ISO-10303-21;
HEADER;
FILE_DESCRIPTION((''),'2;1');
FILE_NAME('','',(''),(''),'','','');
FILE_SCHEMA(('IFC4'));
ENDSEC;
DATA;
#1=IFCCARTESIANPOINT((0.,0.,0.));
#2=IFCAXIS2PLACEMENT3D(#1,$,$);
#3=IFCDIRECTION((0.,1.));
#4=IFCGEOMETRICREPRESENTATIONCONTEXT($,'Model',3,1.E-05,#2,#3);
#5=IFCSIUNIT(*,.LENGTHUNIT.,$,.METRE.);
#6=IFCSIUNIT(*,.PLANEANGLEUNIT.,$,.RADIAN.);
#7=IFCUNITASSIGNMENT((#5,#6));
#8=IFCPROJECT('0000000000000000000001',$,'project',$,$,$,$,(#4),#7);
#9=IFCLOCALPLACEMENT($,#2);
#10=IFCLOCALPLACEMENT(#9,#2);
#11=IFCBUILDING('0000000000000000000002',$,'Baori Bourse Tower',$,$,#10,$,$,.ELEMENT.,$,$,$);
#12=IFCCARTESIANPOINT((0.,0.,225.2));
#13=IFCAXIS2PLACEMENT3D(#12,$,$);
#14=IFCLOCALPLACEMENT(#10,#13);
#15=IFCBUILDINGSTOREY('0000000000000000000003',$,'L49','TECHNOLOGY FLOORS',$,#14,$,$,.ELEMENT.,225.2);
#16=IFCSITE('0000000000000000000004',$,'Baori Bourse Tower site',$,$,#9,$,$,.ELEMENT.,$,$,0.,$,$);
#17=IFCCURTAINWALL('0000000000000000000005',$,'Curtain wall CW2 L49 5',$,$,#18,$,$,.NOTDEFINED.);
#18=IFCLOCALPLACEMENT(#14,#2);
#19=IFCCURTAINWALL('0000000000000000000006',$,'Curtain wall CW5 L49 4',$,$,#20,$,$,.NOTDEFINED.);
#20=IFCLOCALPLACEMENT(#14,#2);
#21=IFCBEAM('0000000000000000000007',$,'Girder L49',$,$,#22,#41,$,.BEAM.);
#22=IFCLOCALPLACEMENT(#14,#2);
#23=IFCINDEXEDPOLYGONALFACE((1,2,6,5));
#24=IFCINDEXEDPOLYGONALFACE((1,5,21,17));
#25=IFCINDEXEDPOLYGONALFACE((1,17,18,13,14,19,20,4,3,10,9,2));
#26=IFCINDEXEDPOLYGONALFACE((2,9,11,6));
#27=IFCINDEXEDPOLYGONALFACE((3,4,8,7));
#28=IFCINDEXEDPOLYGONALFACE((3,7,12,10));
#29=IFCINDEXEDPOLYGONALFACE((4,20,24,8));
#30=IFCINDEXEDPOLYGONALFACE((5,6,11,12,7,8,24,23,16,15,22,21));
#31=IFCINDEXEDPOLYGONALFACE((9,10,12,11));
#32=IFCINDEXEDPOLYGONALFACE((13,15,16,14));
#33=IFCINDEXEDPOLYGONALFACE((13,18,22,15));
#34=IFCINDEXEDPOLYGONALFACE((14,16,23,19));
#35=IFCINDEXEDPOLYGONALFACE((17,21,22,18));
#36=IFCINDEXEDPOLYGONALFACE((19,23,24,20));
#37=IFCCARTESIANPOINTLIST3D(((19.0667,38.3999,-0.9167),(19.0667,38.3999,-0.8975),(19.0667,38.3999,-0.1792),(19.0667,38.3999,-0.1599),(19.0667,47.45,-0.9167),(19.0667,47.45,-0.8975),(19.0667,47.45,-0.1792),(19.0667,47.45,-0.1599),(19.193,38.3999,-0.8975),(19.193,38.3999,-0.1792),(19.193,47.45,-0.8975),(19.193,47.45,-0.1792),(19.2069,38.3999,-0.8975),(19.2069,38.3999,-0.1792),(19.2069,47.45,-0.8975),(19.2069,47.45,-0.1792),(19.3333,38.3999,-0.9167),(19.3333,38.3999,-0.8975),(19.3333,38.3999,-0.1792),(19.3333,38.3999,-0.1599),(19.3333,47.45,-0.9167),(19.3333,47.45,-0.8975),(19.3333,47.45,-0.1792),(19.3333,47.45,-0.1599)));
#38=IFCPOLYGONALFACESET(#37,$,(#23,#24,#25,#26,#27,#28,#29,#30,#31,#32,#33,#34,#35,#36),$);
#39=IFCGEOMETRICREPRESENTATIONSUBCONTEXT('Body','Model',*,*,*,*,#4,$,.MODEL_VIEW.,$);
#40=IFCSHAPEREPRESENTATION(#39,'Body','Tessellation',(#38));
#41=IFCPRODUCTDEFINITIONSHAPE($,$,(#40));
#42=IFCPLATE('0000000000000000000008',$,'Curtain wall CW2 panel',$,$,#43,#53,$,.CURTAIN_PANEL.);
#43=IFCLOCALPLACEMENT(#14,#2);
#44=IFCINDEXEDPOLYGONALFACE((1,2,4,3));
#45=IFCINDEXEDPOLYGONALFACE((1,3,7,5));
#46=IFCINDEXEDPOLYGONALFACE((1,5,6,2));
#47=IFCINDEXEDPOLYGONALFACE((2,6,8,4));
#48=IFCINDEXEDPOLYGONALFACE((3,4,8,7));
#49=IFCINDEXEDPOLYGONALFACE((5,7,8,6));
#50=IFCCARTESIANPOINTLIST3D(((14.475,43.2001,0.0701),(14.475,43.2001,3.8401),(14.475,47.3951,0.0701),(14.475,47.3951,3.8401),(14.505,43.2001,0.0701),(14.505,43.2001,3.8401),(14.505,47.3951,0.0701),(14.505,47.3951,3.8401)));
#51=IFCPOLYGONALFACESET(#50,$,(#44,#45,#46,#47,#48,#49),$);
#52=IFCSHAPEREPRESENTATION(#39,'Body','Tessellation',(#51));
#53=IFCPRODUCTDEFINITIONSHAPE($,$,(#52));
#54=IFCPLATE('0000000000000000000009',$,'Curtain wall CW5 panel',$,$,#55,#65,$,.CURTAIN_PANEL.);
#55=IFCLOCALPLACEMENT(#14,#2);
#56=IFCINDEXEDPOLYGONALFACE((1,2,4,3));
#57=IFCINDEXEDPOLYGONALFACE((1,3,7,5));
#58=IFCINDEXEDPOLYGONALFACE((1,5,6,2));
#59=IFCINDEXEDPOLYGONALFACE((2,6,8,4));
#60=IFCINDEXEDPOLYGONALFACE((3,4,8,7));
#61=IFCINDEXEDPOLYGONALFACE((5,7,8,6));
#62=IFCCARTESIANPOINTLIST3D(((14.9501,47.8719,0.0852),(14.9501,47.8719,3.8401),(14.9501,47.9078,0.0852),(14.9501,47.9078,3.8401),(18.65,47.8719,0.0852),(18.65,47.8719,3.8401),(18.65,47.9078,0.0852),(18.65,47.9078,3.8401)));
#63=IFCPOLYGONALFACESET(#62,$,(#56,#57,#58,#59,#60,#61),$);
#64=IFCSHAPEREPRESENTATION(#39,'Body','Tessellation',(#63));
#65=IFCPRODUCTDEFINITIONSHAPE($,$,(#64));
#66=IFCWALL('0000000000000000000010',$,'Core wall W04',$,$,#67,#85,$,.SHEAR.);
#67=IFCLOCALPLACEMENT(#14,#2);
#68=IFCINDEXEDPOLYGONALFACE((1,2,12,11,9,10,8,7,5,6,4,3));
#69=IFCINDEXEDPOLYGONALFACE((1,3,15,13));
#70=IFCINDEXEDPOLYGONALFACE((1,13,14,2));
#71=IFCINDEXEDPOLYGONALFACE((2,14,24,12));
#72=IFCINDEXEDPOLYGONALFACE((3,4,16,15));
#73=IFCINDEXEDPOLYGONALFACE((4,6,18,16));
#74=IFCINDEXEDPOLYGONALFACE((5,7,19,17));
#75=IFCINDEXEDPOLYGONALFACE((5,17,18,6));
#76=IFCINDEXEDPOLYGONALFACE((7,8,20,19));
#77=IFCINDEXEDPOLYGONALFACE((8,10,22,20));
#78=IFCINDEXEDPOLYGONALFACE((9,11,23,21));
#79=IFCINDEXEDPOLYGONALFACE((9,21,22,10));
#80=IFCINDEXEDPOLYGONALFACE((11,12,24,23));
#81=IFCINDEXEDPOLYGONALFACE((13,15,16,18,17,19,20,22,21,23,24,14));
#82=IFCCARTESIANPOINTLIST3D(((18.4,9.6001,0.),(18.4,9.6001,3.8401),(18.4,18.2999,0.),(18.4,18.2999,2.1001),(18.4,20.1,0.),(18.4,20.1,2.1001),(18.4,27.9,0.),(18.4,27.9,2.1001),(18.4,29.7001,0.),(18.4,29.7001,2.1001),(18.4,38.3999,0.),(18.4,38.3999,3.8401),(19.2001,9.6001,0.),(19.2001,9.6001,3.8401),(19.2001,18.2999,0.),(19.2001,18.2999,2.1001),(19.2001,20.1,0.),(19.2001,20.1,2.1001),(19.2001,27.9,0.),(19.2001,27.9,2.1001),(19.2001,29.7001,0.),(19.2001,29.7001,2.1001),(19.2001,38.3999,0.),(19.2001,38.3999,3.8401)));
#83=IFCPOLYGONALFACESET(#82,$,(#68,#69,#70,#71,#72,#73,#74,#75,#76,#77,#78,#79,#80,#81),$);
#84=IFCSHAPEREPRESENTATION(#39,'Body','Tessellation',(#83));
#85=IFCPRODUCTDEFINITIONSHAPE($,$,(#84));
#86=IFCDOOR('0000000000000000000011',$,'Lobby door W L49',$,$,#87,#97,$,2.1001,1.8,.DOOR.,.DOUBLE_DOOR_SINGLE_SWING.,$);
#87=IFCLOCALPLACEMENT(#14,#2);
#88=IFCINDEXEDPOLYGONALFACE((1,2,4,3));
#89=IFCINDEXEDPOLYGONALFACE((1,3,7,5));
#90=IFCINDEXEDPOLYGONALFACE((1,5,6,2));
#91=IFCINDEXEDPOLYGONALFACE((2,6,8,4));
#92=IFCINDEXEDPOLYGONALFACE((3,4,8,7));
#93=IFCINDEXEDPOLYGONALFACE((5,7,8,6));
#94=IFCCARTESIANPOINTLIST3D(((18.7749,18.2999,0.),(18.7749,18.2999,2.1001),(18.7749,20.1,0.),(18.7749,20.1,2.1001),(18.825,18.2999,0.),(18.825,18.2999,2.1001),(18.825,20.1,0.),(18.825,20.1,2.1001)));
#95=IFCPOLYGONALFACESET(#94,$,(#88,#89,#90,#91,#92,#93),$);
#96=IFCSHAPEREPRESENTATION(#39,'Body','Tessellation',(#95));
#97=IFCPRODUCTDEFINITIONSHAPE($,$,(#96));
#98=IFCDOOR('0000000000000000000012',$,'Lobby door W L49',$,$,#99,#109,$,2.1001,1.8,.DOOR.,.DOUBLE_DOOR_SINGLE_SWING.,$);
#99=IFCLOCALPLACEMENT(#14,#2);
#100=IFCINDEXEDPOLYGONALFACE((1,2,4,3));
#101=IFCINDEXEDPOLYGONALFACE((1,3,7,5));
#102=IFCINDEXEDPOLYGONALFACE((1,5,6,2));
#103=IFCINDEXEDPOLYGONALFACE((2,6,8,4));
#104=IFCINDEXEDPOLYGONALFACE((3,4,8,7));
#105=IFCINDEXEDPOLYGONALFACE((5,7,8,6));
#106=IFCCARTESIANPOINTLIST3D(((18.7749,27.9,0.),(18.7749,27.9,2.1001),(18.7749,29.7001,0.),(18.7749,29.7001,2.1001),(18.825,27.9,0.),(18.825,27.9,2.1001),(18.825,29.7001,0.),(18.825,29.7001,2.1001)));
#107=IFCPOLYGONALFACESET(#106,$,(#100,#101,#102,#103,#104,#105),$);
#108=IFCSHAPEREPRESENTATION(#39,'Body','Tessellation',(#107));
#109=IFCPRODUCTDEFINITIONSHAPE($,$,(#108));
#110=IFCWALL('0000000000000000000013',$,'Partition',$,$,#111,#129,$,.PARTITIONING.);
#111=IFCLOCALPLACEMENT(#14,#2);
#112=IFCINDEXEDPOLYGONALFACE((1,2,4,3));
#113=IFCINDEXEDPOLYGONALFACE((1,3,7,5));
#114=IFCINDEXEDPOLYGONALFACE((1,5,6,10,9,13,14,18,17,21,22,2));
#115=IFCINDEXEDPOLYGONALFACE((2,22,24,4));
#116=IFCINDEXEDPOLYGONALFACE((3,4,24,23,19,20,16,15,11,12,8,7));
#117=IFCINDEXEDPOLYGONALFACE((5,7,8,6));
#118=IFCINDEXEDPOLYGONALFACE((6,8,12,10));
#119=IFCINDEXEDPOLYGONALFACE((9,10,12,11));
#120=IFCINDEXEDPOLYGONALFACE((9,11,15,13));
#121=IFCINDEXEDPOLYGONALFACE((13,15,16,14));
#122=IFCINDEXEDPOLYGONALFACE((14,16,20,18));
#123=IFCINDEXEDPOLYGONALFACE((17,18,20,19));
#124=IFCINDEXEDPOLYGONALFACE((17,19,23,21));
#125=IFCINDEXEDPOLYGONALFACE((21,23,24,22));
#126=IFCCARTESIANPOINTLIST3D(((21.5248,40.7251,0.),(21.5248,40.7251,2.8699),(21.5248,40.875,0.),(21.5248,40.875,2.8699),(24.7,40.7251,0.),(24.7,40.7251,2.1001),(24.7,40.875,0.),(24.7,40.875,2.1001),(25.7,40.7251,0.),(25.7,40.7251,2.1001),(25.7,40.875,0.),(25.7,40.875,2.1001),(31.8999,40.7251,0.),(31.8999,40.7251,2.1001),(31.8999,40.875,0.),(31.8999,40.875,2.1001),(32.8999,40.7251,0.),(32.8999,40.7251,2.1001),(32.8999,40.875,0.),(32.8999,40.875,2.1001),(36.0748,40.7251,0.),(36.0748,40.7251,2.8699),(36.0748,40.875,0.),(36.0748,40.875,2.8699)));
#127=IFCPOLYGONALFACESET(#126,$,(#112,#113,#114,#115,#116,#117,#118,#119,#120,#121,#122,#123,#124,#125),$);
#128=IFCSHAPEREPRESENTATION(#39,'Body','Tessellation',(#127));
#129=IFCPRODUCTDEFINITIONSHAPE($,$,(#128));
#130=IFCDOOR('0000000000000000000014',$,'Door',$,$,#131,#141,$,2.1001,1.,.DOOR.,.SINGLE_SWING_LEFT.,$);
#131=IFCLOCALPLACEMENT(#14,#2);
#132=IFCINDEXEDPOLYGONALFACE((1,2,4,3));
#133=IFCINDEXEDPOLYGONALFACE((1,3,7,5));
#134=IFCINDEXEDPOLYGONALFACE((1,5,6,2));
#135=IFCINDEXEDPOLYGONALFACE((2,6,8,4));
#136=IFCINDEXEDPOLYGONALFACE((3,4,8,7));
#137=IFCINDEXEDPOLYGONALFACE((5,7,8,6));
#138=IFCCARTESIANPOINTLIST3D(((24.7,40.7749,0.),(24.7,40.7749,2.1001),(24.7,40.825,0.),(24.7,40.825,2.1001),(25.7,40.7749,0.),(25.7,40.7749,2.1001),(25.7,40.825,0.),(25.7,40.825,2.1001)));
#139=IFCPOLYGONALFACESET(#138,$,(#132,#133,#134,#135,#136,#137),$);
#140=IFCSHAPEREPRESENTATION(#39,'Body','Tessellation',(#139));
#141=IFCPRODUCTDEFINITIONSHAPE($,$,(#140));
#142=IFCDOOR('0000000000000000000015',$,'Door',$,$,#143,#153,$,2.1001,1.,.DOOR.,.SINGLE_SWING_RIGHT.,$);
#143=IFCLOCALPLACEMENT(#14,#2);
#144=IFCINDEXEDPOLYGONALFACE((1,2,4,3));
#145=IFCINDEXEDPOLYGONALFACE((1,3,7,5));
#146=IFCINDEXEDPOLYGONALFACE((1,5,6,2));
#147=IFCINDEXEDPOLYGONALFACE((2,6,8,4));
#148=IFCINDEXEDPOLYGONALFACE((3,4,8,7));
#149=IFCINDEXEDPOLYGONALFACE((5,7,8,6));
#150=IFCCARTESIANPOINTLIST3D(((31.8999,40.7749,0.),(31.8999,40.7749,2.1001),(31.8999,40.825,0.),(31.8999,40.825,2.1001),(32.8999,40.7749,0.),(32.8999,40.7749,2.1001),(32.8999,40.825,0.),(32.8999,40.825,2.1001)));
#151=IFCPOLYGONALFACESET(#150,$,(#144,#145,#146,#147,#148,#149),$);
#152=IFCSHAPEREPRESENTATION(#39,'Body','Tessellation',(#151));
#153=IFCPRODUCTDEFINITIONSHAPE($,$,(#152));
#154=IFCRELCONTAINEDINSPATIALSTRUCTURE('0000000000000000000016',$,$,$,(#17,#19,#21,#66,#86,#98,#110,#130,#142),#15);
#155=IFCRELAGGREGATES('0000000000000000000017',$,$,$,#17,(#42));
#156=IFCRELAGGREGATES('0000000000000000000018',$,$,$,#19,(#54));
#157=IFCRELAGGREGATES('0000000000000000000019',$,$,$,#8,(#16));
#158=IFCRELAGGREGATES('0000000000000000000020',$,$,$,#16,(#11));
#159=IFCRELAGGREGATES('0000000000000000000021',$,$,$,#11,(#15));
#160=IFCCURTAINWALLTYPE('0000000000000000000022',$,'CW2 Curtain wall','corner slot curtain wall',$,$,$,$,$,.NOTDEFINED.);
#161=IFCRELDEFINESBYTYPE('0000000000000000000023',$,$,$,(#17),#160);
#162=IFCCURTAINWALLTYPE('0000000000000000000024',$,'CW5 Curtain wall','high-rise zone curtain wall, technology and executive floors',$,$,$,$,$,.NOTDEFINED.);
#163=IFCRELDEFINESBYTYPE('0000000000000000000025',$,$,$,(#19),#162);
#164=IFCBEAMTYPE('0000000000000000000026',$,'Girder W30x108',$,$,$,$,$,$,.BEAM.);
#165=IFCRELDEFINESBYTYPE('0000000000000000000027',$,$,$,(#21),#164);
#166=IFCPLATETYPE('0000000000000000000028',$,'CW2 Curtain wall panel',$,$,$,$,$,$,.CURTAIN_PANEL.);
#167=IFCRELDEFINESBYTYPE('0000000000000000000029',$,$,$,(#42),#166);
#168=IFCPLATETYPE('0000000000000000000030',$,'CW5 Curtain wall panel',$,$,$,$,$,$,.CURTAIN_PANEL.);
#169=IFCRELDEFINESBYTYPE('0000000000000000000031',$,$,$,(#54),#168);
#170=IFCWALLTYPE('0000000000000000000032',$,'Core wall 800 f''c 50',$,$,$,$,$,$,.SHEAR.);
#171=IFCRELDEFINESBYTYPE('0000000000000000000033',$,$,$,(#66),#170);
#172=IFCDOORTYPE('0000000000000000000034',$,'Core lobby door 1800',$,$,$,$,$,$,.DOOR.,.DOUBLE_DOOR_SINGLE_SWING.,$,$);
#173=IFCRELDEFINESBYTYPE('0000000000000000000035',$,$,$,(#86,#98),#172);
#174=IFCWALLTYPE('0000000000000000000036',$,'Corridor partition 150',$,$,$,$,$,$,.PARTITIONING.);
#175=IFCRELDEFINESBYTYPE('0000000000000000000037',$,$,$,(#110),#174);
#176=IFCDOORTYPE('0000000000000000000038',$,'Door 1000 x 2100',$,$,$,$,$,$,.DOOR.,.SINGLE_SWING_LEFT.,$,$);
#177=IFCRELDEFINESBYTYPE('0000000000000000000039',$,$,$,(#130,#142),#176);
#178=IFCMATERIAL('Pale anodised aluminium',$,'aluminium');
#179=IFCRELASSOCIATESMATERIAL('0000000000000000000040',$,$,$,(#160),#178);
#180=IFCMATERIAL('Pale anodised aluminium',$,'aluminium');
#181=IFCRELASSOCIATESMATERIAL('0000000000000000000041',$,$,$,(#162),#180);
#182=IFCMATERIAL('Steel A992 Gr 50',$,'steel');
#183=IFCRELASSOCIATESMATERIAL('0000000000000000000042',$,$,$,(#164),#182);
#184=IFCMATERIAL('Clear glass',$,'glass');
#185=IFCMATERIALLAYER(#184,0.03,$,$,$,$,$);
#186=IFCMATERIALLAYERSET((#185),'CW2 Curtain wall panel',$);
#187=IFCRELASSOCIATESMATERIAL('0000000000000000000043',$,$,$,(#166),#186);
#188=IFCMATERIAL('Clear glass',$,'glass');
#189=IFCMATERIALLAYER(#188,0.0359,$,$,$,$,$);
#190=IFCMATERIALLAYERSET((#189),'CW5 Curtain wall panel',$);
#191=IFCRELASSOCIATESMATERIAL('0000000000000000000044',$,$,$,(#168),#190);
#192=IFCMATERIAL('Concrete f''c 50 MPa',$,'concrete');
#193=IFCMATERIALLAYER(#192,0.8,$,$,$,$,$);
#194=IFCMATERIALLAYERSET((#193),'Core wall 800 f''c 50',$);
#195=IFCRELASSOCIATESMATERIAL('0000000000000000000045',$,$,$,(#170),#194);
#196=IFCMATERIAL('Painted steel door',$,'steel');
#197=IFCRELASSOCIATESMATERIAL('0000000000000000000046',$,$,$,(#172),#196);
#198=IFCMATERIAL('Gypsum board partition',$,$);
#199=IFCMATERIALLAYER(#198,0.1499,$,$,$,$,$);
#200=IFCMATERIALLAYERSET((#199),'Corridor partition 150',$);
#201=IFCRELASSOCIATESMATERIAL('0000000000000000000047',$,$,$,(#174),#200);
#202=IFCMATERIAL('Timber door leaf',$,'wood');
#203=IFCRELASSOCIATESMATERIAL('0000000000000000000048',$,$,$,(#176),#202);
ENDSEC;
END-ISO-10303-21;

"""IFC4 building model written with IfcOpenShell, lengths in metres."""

from ifc_helpers import new_model, si_unit, direction, frame, frame_2d, origin, origin_2d, place, context, subcontext, project, spatial, rectangle, i_section, extrude, material, layer, layer_set, material_profile, profile_set, type_object, element, fill, aggregate, save


model = new_model("IFC4")

# Units and contexts
model_context = context("Model", 3, precision=1e-05, world=origin(), true_north=direction((0.0, 1.0)))
body_context = subcontext(model_context, "Body", "Model", "MODEL_VIEW")
ifc_project = project(units=[si_unit("LENGTHUNIT", "METRE"), si_unit("PLANEANGLEUNIT", "RADIAN")], contexts=[model_context])

# Site, building, storey
site_placement = place(None, origin())
site = spatial("IfcSite", under=ifc_project, at=site_placement, Name="Baori Bourse Tower site", CompositionType="ELEMENT", RefElevation=0.0)
building_placement = place(site_placement, origin())
building = spatial("IfcBuilding", under=site, at=building_placement, Name="Baori Bourse Tower", CompositionType="ELEMENT")
storey_placement = place(building_placement, frame((0.0, 0.0, 225.2)))
storey = spatial("IfcBuildingStorey", under=building, at=storey_placement, Name="L49", Description="TECHNOLOGY FLOORS", CompositionType="ELEMENT", Elevation=225.2)

# Curtain wall
ifc_material_1 = material(Name="Pale anodised aluminium", Category="aluminium")
curtain_wall_type_1 = type_object("IfcCurtainWallType", Name="CW2 Curtain wall", Description="corner slot curtain wall", PredefinedType="NOTDEFINED", material=ifc_material_1)
curtain_wall_1_placement = place(storey_placement, origin())
curtain_wall_1 = element("IfcCurtainWall", 1, at=curtain_wall_1_placement, inside=storey, type_object=curtain_wall_type_1, Name="Curtain wall CW2 L49 5", PredefinedType="NOTDEFINED")

# Curtain wall
ifc_material_2 = material(Name="Pale anodised aluminium", Category="aluminium")
curtain_wall_type_2 = type_object("IfcCurtainWallType", Name="CW5 Curtain wall", Description="high-rise zone curtain wall, technology and executive floors", PredefinedType="NOTDEFINED", material=ifc_material_2)
curtain_wall_2_placement = place(storey_placement, origin())
curtain_wall_2 = element("IfcCurtainWall", 2, at=curtain_wall_2_placement, inside=storey, type_object=curtain_wall_type_2, Name="Curtain wall CW5 L49 4", PredefinedType="NOTDEFINED")

# Beam
ifc_material_3 = material(Name="Steel A992 Gr 50", Category="steel")
ifc_material_profile_1 = material_profile(ifc_material_3, i_section(OverallWidth=0.2666, OverallDepth=0.7568, WebThickness=0.0139, FlangeThickness=0.0193, at=origin_2d()), Name="W30x108")
ifc_profile_set_1 = profile_set([ifc_material_profile_1], Name="Steel A992 Gr 50")
beam_type_1 = type_object("IfcBeamType", Name="Girder W30x108", PredefinedType="BEAM", material=ifc_profile_set_1)
beam_1_placement = place(storey_placement, frame((19.2, 38.3999, -0.5383), z_axis=(0.0, 1.0, 0.0), x_axis=(-1.0, 0.0, 0.0)))
element("IfcBeam", 3, at=beam_1_placement, inside=storey, type_object=beam_type_1, Name="Girder L49", PredefinedType="BEAM", context=body_context, shape_type="SweptSolid", body=[
    extrude(i_section(OverallWidth=0.2666, OverallDepth=0.7568, WebThickness=0.0139, FlangeThickness=0.0193, at=origin_2d()), origin(), (0.0, 0.0, 1.0), 9.05),
])

# Plates
ifc_material_4 = material(Name="Clear glass", Category="glass")
ifc_layer_1 = layer(ifc_material_4, 0.03)
ifc_layer_set_1 = layer_set([ifc_layer_1], Name="CW2 Curtain wall panel")
plate_type_1 = type_object("IfcPlateType", Name="CW2 Curtain wall panel", PredefinedType="CURTAIN_PANEL", material=ifc_layer_set_1)
plate_1_placement = place(storey_placement, frame((14.49, 45.2976, 0.0701), z_axis=(0.0, 0.0, 1.0), x_axis=(0.0, -1.0, 0.0)))
plate_1 = element("IfcPlate", 4, at=plate_1_placement, type_object=plate_type_1, Name="Curtain wall CW2 panel", PredefinedType="CURTAIN_PANEL", context=body_context, shape_type="SweptSolid", body=[
    extrude(rectangle(XDim=4.1951, YDim=0.03, at=origin_2d()), origin(), (0.0, 0.0, 1.0), 3.77),
])
aggregate(curtain_wall_1, [plate_1])
ifc_material_5 = material(Name="Clear glass", Category="glass")
ifc_layer_2 = layer(ifc_material_5, 0.0359)
ifc_layer_set_2 = layer_set([ifc_layer_2], Name="CW5 Curtain wall panel")
plate_type_2 = type_object("IfcPlateType", Name="CW5 Curtain wall panel", PredefinedType="CURTAIN_PANEL", material=ifc_layer_set_2)
plate_2_placement = place(storey_placement, frame((16.8, 47.8899, 0.0852), z_axis=(0.0, 0.0, 1.0), x_axis=(-1.0, 0.0, 0.0)))
plate_2 = element("IfcPlate", 5, at=plate_2_placement, type_object=plate_type_2, Name="Curtain wall CW5 panel", PredefinedType="CURTAIN_PANEL", context=body_context, shape_type="SweptSolid", body=[
    extrude(rectangle(XDim=3.7, YDim=0.0359, at=origin_2d()), origin(), (0.0, 0.0, 1.0), 3.7549),
])
aggregate(curtain_wall_2, [plate_2])

# Walls, openings, doors
ifc_material_6 = material(Name="Concrete f'c 50 MPa", Category="concrete")
ifc_layer_3 = layer(ifc_material_6, 0.8)
ifc_layer_set_3 = layer_set([ifc_layer_3], Name="Core wall 800 f'c 50")
wall_type_1 = type_object("IfcWallType", Name="Core wall 800 f'c 50", PredefinedType="SHEAR", material=ifc_layer_set_3)
wall_1_placement = place(storey_placement, frame((18.8, 38.3999, 0.0), z_axis=(0.0, 0.0, 1.0), x_axis=(0.0, -1.0, 0.0)))
wall_1 = element("IfcWall", 6, at=wall_1_placement, inside=storey, type_object=wall_type_1, Name="Core wall W04", PredefinedType="SHEAR", context=body_context, shape_type="SweptSolid", body=[
    extrude(rectangle(XDim=28.7998, YDim=0.8, at=frame_2d((14.3999, 0.0))), origin(), (0.0, 0.0, 1.0), 3.8401),
])
opening_1_placement = place(wall_1_placement, frame((18.3, 0.0, 0.0)))
opening_1 = element("IfcOpeningElement", 7, at=opening_1_placement, cuts=wall_1, PredefinedType="OPENING", context=body_context, shape_type="SweptSolid", body=[
    extrude(rectangle(XDim=1.8, YDim=2.1001, at=frame_2d((0.8999, 1.05))), frame((0.0, 0.4099, 0.0), z_axis=(0.0, -1.0, 0.0), x_axis=(1.0, 0.0, 0.0)), (0.0, 0.0, 1.0), 0.8201),
])
opening_2_placement = place(wall_1_placement, frame((8.7, 0.0, 0.0)))
opening_2 = element("IfcOpeningElement", 8, at=opening_2_placement, cuts=wall_1, PredefinedType="OPENING", context=body_context, shape_type="SweptSolid", body=[
    extrude(rectangle(XDim=1.8, YDim=2.1001, at=frame_2d((0.8999, 1.05))), frame((0.0, 0.4099, 0.0), z_axis=(0.0, -1.0, 0.0), x_axis=(1.0, 0.0, 0.0)), (0.0, 0.0, 1.0), 0.8201),
])
ifc_material_7 = material(Name="Painted steel door", Category="steel")
door_type_1 = type_object("IfcDoorType", Name="Core lobby door 1800", OperationType="DOUBLE_DOOR_SINGLE_SWING", PredefinedType="DOOR", material=ifc_material_7)
door_1_placement = place(opening_1_placement, origin())
door_1 = element("IfcDoor", 9, at=door_1_placement, inside=storey, type_object=door_type_1, Name="Lobby door W L49", OperationType="DOUBLE_DOOR_SINGLE_SWING", OverallHeight=2.1001, OverallWidth=1.8, PredefinedType="DOOR", context=body_context, shape_type="SweptSolid", body=[
    extrude(rectangle(XDim=1.8, YDim=2.1001, at=frame_2d((0.8999, 1.05))), frame((0.0, 0.0249, 0.0), z_axis=(0.0, -1.0, 0.0), x_axis=(1.0, 0.0, 0.0)), (0.0, 0.0, 1.0), 0.05),
])
fill(opening_1, door_1)
door_2_placement = place(opening_2_placement, origin())
door_2 = element("IfcDoor", 10, at=door_2_placement, inside=storey, type_object=door_type_1, Name="Lobby door W L49", OperationType="DOUBLE_DOOR_SINGLE_SWING", OverallHeight=2.1001, OverallWidth=1.8, PredefinedType="DOOR", context=body_context, shape_type="SweptSolid", body=[
    extrude(rectangle(XDim=1.8, YDim=2.1001, at=frame_2d((0.8999, 1.05))), frame((0.0, 0.0249, 0.0), z_axis=(0.0, -1.0, 0.0), x_axis=(1.0, 0.0, 0.0)), (0.0, 0.0, 1.0), 0.05),
])
fill(opening_2, door_2)
ifc_material_8 = material(Name="Gypsum board partition")
ifc_layer_4 = layer(ifc_material_8, 0.1499)
ifc_layer_set_4 = layer_set([ifc_layer_4], Name="Corridor partition 150")
wall_type_2 = type_object("IfcWallType", Name="Corridor partition 150", PredefinedType="PARTITIONING", material=ifc_layer_set_4)
wall_2_placement = place(storey_placement, frame((21.5249, 40.8, 0.0), z_axis=(0.0, 0.0, 1.0), x_axis=(1.0, 0.0, 0.0)))
wall_2 = element("IfcWall", 11, at=wall_2_placement, inside=storey, type_object=wall_type_2, Name="Partition", PredefinedType="PARTITIONING", context=body_context, shape_type="SweptSolid", body=[
    extrude(rectangle(XDim=14.55, YDim=0.1499, at=frame_2d((7.2749, 0.0))), origin(), (0.0, 0.0, 1.0), 2.8699),
])
opening_3_placement = place(wall_2_placement, frame((3.175, 0.0, 0.0)))
opening_3 = element("IfcOpeningElement", 12, at=opening_3_placement, cuts=wall_2, PredefinedType="OPENING", context=body_context, shape_type="SweptSolid", body=[
    extrude(rectangle(XDim=1.0, YDim=2.1001, at=frame_2d((0.5, 1.05))), frame((0.0, 0.085, 0.0), z_axis=(0.0, -1.0, 0.0), x_axis=(1.0, 0.0, 0.0)), (0.0, 0.0, 1.0), 0.1699),
])
opening_4_placement = place(wall_2_placement, frame((10.375, 0.0, 0.0)))
opening_4 = element("IfcOpeningElement", 13, at=opening_4_placement, cuts=wall_2, PredefinedType="OPENING", context=body_context, shape_type="SweptSolid", body=[
    extrude(rectangle(XDim=1.0, YDim=2.1001, at=frame_2d((0.5, 1.05))), frame((0.0, 0.085, 0.0), z_axis=(0.0, -1.0, 0.0), x_axis=(1.0, 0.0, 0.0)), (0.0, 0.0, 1.0), 0.1699),
])
ifc_material_9 = material(Name="Timber door leaf", Category="wood")
door_type_2 = type_object("IfcDoorType", Name="Door 1000 x 2100", OperationType="SINGLE_SWING_LEFT", PredefinedType="DOOR", material=ifc_material_9)
door_3_placement = place(opening_3_placement, origin())
door_3 = element("IfcDoor", 14, at=door_3_placement, inside=storey, type_object=door_type_2, Name="Door", OperationType="SINGLE_SWING_LEFT", OverallHeight=2.1001, OverallWidth=1.0, PredefinedType="DOOR", context=body_context, shape_type="SweptSolid", body=[
    extrude(rectangle(XDim=1.0, YDim=2.1001, at=frame_2d((0.5, 1.05))), frame((0.0, 0.0249, 0.0), z_axis=(0.0, -1.0, 0.0), x_axis=(1.0, 0.0, 0.0)), (0.0, 0.0, 1.0), 0.05),
])
fill(opening_3, door_3)
door_4_placement = place(opening_4_placement, origin())
door_4 = element("IfcDoor", 15, at=door_4_placement, inside=storey, type_object=door_type_2, Name="Door", OperationType="SINGLE_SWING_RIGHT", OverallHeight=2.1001, OverallWidth=1.0, PredefinedType="DOOR", context=body_context, shape_type="SweptSolid", body=[
    extrude(rectangle(XDim=1.0, YDim=2.1001, at=frame_2d((0.5, 1.05))), frame((0.0, 0.0249, 0.0), z_axis=(0.0, -1.0, 0.0), x_axis=(1.0, 0.0, 0.0)), (0.0, 0.0, 1.0), 0.05),
])
fill(opening_4, door_4)

save(model, "model.ifc")
